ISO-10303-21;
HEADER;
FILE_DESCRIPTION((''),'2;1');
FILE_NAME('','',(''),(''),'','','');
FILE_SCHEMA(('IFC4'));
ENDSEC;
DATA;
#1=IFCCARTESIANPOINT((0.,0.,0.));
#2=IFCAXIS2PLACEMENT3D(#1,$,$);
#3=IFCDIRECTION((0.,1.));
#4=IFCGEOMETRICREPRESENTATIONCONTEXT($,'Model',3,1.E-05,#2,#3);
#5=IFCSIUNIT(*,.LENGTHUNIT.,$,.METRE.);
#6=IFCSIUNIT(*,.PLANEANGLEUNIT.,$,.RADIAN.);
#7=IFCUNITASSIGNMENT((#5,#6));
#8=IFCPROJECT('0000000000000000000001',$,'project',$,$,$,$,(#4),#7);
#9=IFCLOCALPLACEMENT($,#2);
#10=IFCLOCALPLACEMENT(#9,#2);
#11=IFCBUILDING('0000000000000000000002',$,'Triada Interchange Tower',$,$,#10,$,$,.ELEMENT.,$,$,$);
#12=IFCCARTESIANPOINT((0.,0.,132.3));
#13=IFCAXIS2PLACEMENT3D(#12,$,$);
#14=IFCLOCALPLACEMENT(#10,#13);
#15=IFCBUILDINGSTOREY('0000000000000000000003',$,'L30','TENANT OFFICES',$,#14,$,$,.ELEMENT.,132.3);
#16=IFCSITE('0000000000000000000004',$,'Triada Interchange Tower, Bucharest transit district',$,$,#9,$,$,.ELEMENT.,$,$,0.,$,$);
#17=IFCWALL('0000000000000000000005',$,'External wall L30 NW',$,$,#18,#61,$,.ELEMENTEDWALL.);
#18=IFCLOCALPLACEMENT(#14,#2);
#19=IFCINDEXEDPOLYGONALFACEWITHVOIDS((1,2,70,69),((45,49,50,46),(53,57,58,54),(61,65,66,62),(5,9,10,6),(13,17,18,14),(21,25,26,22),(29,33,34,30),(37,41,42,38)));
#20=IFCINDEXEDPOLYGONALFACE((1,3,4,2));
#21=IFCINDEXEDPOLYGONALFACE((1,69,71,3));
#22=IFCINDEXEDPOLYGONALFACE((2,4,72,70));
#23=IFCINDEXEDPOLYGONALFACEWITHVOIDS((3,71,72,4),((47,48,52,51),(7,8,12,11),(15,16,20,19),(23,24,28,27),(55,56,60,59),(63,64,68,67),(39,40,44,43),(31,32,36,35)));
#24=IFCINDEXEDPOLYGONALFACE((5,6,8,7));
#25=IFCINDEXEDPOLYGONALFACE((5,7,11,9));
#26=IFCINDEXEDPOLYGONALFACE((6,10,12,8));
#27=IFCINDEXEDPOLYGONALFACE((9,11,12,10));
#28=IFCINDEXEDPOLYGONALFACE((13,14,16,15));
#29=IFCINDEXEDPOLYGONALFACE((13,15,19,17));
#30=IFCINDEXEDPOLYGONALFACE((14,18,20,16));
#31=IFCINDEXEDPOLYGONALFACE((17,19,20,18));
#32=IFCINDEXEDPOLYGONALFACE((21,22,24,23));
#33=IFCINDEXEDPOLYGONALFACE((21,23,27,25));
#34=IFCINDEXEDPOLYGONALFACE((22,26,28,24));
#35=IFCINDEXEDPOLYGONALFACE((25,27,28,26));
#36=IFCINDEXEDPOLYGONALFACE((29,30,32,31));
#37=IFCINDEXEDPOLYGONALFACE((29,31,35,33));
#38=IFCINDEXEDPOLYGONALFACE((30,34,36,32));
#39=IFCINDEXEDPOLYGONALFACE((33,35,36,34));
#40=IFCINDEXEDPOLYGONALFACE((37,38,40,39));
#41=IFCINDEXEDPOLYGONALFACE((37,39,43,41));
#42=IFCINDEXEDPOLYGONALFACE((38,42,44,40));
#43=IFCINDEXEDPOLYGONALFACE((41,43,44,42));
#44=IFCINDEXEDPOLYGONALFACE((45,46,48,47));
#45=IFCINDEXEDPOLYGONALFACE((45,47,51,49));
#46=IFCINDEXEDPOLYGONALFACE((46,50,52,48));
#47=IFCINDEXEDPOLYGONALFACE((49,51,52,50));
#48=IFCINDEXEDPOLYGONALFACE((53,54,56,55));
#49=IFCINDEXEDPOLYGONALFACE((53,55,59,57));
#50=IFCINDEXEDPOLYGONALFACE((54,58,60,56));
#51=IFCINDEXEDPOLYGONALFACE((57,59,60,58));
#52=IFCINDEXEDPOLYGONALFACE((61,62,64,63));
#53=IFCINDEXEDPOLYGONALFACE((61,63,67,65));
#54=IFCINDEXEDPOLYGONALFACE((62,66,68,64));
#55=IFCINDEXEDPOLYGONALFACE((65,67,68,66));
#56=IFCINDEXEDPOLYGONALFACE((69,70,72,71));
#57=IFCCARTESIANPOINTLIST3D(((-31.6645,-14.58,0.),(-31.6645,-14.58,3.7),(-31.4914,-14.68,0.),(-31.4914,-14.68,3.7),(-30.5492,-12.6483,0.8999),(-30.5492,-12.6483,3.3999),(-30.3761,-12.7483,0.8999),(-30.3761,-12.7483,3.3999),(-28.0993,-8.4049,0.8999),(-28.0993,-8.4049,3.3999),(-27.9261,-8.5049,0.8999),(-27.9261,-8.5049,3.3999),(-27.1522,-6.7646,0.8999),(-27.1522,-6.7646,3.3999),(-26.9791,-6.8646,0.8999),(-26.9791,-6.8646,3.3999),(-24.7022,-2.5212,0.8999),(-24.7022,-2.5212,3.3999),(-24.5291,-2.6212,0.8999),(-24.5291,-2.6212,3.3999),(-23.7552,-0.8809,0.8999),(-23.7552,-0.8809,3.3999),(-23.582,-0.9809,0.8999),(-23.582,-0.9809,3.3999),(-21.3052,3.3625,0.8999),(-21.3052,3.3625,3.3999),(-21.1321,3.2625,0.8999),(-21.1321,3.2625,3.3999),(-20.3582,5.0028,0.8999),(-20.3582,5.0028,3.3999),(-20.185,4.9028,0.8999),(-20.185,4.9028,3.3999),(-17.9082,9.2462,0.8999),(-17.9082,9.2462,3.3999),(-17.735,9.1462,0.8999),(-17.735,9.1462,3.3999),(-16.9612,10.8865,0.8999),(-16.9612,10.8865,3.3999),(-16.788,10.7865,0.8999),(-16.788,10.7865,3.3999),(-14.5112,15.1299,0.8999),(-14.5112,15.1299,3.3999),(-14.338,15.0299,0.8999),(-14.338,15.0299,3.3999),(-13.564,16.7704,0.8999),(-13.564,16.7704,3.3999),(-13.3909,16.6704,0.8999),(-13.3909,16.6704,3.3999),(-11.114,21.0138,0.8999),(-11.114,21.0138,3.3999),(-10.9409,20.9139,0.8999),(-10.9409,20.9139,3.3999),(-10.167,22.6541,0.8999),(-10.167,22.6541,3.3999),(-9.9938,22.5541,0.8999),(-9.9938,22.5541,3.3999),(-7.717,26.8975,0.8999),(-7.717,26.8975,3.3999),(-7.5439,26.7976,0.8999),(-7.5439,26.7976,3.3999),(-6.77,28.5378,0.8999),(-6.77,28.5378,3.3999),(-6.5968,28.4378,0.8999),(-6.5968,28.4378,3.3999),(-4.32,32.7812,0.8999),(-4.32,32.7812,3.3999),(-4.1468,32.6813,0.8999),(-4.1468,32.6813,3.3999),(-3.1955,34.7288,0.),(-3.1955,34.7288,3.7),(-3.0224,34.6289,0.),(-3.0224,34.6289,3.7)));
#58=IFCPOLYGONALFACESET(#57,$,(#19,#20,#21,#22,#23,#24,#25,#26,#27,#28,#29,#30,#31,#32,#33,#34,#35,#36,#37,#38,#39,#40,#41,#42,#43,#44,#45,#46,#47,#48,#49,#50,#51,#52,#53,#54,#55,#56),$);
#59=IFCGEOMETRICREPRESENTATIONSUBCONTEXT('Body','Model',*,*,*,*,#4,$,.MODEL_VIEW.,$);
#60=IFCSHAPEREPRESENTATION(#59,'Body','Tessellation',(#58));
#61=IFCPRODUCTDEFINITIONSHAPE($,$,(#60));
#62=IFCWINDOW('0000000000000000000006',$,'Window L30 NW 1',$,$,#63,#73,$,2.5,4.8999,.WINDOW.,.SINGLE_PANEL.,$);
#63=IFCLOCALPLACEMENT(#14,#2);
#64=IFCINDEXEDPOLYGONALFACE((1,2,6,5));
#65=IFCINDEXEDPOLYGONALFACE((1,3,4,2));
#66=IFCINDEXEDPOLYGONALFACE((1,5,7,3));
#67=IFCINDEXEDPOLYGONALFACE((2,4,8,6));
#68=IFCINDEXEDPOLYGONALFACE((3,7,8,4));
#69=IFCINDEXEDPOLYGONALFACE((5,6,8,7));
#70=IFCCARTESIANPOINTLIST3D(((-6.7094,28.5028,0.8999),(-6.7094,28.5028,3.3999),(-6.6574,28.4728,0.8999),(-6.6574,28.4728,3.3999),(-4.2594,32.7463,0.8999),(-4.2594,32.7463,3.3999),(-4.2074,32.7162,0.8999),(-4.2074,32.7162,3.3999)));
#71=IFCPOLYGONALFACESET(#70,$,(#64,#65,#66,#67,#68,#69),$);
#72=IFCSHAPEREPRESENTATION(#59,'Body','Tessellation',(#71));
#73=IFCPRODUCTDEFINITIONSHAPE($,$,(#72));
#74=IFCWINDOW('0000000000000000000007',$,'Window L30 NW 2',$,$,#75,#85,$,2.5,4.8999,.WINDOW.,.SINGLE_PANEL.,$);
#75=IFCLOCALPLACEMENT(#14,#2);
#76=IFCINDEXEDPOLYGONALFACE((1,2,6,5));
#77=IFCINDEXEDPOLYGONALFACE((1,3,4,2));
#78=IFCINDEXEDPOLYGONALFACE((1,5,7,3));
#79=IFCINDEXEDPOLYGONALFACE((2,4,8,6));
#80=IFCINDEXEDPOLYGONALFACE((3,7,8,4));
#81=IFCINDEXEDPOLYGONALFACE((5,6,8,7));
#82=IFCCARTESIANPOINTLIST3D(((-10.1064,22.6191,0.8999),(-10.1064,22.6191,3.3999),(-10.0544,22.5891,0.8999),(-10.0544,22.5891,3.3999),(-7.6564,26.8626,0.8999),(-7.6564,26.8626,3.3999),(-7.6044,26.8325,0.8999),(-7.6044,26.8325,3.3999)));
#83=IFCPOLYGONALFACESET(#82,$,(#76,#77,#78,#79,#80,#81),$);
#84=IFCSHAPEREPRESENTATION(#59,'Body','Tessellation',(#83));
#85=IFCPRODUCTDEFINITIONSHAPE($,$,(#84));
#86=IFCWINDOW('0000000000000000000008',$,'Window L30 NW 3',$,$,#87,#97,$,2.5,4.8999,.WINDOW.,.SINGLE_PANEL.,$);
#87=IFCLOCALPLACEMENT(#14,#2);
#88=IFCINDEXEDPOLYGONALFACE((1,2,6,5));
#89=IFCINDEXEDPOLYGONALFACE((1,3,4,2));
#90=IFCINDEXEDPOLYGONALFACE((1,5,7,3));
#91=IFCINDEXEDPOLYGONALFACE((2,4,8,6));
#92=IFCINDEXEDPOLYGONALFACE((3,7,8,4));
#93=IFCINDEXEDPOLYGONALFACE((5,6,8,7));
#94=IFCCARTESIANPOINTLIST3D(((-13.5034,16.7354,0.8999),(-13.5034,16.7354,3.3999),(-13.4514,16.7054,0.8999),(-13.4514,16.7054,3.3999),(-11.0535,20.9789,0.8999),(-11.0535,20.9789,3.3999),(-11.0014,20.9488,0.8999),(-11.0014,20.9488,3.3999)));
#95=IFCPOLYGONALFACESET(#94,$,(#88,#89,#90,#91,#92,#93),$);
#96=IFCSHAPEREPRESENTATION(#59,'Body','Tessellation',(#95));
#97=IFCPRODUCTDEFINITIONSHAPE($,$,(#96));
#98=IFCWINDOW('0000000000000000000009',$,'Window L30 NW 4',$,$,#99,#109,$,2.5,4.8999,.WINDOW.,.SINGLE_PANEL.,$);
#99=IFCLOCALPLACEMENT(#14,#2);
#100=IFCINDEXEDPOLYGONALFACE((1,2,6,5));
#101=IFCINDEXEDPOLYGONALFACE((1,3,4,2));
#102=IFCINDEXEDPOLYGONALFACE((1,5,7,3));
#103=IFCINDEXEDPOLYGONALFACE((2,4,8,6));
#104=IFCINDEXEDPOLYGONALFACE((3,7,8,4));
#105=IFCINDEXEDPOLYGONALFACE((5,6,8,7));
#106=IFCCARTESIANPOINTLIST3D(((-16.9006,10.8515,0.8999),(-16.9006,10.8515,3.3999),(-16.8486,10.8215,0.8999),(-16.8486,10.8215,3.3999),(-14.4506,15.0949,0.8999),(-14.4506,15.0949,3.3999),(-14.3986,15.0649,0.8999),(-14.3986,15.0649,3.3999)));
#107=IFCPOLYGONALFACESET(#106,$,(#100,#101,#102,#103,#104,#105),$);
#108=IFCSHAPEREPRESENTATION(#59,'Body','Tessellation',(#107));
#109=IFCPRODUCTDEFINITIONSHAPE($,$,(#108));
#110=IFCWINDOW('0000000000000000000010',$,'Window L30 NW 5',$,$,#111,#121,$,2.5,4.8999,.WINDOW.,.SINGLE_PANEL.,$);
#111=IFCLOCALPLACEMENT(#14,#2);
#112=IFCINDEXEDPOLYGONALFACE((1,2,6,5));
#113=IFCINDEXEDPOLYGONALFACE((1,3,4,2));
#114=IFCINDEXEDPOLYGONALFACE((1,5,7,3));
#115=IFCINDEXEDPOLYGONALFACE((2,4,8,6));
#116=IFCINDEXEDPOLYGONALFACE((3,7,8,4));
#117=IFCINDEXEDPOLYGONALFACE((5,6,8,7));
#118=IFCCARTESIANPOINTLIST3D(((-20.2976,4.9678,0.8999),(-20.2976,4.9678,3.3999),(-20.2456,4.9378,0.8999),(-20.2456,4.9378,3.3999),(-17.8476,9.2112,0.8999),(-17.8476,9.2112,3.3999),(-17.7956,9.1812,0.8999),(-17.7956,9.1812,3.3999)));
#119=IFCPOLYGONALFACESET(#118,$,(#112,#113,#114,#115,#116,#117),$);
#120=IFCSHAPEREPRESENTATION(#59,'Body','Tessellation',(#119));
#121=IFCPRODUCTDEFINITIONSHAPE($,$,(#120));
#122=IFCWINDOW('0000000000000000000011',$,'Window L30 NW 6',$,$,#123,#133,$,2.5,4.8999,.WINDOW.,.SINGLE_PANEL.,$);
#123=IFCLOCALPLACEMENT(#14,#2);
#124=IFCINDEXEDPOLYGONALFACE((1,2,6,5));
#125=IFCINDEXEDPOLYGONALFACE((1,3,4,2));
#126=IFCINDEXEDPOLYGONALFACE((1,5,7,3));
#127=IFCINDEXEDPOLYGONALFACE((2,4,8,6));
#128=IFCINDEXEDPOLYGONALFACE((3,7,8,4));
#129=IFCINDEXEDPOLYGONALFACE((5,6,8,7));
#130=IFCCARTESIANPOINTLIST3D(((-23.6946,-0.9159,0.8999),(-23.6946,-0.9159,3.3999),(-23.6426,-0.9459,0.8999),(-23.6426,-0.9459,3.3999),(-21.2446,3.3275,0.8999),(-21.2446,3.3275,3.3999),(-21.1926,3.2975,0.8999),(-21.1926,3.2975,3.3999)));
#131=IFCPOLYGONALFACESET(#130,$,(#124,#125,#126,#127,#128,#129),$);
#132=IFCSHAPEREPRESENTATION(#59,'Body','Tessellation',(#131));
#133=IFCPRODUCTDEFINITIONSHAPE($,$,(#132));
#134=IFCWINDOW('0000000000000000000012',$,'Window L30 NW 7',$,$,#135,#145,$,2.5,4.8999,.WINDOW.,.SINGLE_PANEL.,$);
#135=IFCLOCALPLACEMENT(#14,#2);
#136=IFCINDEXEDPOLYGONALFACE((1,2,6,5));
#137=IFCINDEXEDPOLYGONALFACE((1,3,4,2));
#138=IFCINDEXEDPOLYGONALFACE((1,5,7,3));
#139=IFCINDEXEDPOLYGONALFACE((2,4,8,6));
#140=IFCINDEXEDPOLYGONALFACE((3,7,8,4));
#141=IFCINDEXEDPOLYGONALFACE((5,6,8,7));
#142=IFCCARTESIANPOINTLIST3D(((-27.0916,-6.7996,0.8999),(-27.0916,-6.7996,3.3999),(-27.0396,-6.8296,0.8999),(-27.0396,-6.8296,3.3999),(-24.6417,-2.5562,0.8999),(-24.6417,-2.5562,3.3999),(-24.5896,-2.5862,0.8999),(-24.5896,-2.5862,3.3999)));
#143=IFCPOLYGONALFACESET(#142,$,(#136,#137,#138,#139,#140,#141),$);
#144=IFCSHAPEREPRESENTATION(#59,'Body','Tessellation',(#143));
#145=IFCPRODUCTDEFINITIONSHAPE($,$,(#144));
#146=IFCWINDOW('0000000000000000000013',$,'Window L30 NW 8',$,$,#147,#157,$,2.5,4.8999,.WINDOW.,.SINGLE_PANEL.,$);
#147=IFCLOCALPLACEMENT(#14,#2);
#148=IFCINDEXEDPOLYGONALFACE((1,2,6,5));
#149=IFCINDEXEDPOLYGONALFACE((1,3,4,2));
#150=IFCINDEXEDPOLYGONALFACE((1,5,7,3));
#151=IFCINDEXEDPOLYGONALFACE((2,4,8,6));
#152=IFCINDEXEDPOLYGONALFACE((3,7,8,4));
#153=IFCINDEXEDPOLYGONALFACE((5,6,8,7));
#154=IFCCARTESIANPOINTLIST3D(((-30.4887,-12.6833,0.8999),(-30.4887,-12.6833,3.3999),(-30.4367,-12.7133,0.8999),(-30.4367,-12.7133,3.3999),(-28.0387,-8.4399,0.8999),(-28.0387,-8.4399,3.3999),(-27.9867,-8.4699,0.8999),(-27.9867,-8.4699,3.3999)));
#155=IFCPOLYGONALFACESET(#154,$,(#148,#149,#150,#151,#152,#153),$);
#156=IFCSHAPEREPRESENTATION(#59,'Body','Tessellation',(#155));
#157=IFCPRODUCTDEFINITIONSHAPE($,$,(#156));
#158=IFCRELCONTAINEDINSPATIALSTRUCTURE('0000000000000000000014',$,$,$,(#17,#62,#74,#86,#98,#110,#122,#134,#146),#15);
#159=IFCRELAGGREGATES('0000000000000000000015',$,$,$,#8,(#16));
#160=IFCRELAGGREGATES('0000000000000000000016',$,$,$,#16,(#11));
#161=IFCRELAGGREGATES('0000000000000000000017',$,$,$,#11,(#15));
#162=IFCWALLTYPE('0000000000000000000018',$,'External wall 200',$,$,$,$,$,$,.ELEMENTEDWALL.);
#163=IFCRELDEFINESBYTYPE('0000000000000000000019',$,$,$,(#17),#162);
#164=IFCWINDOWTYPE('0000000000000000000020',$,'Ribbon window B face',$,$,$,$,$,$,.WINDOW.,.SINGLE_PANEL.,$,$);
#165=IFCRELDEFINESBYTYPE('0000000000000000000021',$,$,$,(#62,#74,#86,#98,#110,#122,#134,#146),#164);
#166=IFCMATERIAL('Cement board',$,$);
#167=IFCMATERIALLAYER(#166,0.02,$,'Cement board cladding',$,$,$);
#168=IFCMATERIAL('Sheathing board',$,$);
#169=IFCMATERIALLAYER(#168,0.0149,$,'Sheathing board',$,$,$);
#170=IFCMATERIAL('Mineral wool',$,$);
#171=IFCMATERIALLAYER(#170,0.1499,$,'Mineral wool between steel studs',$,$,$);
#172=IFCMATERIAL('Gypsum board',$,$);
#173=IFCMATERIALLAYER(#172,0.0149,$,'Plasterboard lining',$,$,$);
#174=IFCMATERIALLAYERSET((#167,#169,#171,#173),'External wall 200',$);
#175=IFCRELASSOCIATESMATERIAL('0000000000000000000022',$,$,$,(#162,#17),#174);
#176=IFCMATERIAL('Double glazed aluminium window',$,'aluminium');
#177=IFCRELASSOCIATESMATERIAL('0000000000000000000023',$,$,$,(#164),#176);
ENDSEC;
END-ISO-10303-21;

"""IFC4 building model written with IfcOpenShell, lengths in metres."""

from ifc_helpers import new_model, si_unit, direction, frame, frame_2d, origin, place, context, subcontext, project, spatial, rectangle, extrude, material, layer, layer_set, layer_usage, type_object, element, fill, save


model = new_model("IFC4")

# Units and contexts
model_context = context("Model", 3, precision=1e-05, world=origin(), true_north=direction((0.0, 1.0)))
body_context = subcontext(model_context, "Body", "Model", "MODEL_VIEW")
ifc_project = project(units=[si_unit("LENGTHUNIT", "METRE"), si_unit("PLANEANGLEUNIT", "RADIAN")], contexts=[model_context])

# Site, building, storey
site_placement = place(None, origin())
site = spatial("IfcSite", under=ifc_project, at=site_placement, Name="Triada Interchange Tower, Bucharest transit district", CompositionType="ELEMENT", RefElevation=0.0)
building_placement = place(site_placement, origin())
building = spatial("IfcBuilding", under=site, at=building_placement, Name="Triada Interchange Tower", CompositionType="ELEMENT")
storey_placement = place(building_placement, frame((0.0, 0.0, 132.3)))
storey = spatial("IfcBuildingStorey", under=building, at=storey_placement, Name="L30", Description="TENANT OFFICES", CompositionType="ELEMENT", Elevation=132.3)

# Wall, openings, windows
ifc_material_1 = material(Name="Cement board")
ifc_layer_1 = layer(ifc_material_1, 0.02, Name="Cement board cladding")
ifc_material_2 = material(Name="Sheathing board")
ifc_layer_2 = layer(ifc_material_2, 0.0149, Name="Sheathing board")
ifc_material_3 = material(Name="Mineral wool")
ifc_layer_3 = layer(ifc_material_3, 0.1499, Name="Mineral wool between steel studs")
ifc_material_4 = material(Name="Gypsum board")
ifc_layer_4 = layer(ifc_material_4, 0.0149, Name="Plasterboard lining")
ifc_layer_set_1 = layer_set([ifc_layer_1, ifc_layer_2, ifc_layer_3, ifc_layer_4], Name="External wall 200")
ifc_layer_usage = layer_usage(ifc_layer_set_1, "AXIS2", "POSITIVE", -0.1001)
wall_type_1 = type_object("IfcWallType", Name="External wall 200", PredefinedType="ELEMENTEDWALL", material=ifc_layer_set_1)
wall_1_placement = place(storey_placement, frame((-3.1089, 34.679, 0.0), z_axis=(0.0, 0.0, 1.0), x_axis=(-0.500007, -0.866021, 0.0)))
wall_1 = element("IfcWall", 1, at=wall_1_placement, inside=storey, type_object=wall_type_1, material=ifc_layer_usage, Name="External wall L30 NW", PredefinedType="ELEMENTEDWALL", context=body_context, shape_type="SweptSolid", body=[
    extrude(rectangle(XDim=56.9373, YDim=0.2, at=frame_2d((28.4688, 0.0))), origin(), (0.0, 0.0, 1.0), 3.7),
])
opening_1_placement = place(wall_1_placement, frame((2.249, 0.0, 0.8999)))
opening_1 = element("IfcOpeningElement", 2, at=opening_1_placement, cuts=wall_1, PredefinedType="OPENING", context=body_context, shape_type="SweptSolid", body=[
    extrude(rectangle(XDim=4.8999, YDim=2.5, at=frame_2d((2.45, 1.25))), frame((0.0, 0.1099, 0.0), z_axis=(0.0, -1.0, 0.0), x_axis=(1.0, 0.0, 0.0)), (0.0, 0.0, 1.0), 0.22),
])
opening_2_placement = place(wall_1_placement, frame((9.043, 0.0, 0.8999)))
opening_2 = element("IfcOpeningElement", 3, at=opening_2_placement, cuts=wall_1, PredefinedType="OPENING", context=body_context, shape_type="SweptSolid", body=[
    extrude(rectangle(XDim=4.8999, YDim=2.5, at=frame_2d((2.45, 1.25))), frame((0.0, 0.1099, 0.0), z_axis=(0.0, -1.0, 0.0), x_axis=(1.0, 0.0, 0.0)), (0.0, 0.0, 1.0), 0.22),
])
opening_3_placement = place(wall_1_placement, frame((15.8369, 0.0, 0.8999)))
opening_3 = element("IfcOpeningElement", 4, at=opening_3_placement, cuts=wall_1, PredefinedType="OPENING", context=body_context, shape_type="SweptSolid", body=[
    extrude(rectangle(XDim=4.8999, YDim=2.5, at=frame_2d((2.45, 1.25))), frame((0.0, 0.1099, 0.0), z_axis=(0.0, -1.0, 0.0), x_axis=(1.0, 0.0, 0.0)), (0.0, 0.0, 1.0), 0.22),
])
opening_4_placement = place(wall_1_placement, frame((22.6311, 0.0, 0.8999)))
opening_4 = element("IfcOpeningElement", 5, at=opening_4_placement, cuts=wall_1, PredefinedType="OPENING", context=body_context, shape_type="SweptSolid", body=[
    extrude(rectangle(XDim=4.8999, YDim=2.5, at=frame_2d((2.45, 1.25))), frame((0.0, 0.1099, 0.0), z_axis=(0.0, -1.0, 0.0), x_axis=(1.0, 0.0, 0.0)), (0.0, 0.0, 1.0), 0.22),
])
opening_5_placement = place(wall_1_placement, frame((29.425, 0.0, 0.8999)))
opening_5 = element("IfcOpeningElement", 6, at=opening_5_placement, cuts=wall_1, PredefinedType="OPENING", context=body_context, shape_type="SweptSolid", body=[
    extrude(rectangle(XDim=4.8999, YDim=2.5, at=frame_2d((2.45, 1.25))), frame((0.0, 0.1099, 0.0), z_axis=(0.0, -1.0, 0.0), x_axis=(1.0, 0.0, 0.0)), (0.0, 0.0, 1.0), 0.22),
])
opening_6_placement = place(wall_1_placement, frame((36.219, 0.0, 0.8999)))
opening_6 = element("IfcOpeningElement", 7, at=opening_6_placement, cuts=wall_1, PredefinedType="OPENING", context=body_context, shape_type="SweptSolid", body=[
    extrude(rectangle(XDim=4.8999, YDim=2.5, at=frame_2d((2.45, 1.25))), frame((0.0, 0.1099, 0.0), z_axis=(0.0, -1.0, 0.0), x_axis=(1.0, 0.0, 0.0)), (0.0, 0.0, 1.0), 0.22),
])
opening_7_placement = place(wall_1_placement, frame((43.0129, 0.0, 0.8999)))
opening_7 = element("IfcOpeningElement", 8, at=opening_7_placement, cuts=wall_1, PredefinedType="OPENING", context=body_context, shape_type="SweptSolid", body=[
    extrude(rectangle(XDim=4.8999, YDim=2.5, at=frame_2d((2.45, 1.25))), frame((0.0, 0.1099, 0.0), z_axis=(0.0, -1.0, 0.0), x_axis=(1.0, 0.0, 0.0)), (0.0, 0.0, 1.0), 0.22),
])
opening_8_placement = place(wall_1_placement, frame((49.8069, 0.0, 0.8999)))
opening_8 = element("IfcOpeningElement", 9, at=opening_8_placement, cuts=wall_1, PredefinedType="OPENING", context=body_context, shape_type="SweptSolid", body=[
    extrude(rectangle(XDim=4.8999, YDim=2.5, at=frame_2d((2.45, 1.25))), frame((0.0, 0.1099, 0.0), z_axis=(0.0, -1.0, 0.0), x_axis=(1.0, 0.0, 0.0)), (0.0, 0.0, 1.0), 0.22),
])
ifc_material_5 = material(Name="Double glazed aluminium window", Category="aluminium")
window_type = type_object("IfcWindowType", Name="Ribbon window B face", PartitioningType="SINGLE_PANEL", PredefinedType="WINDOW", material=ifc_material_5)
window_1_placement = place(opening_1_placement, origin())
window_1 = element("IfcWindow", 10, at=window_1_placement, inside=storey, type_object=window_type, Name="Window L30 NW 1", OverallHeight=2.5, OverallWidth=4.8999, PartitioningType="SINGLE_PANEL", PredefinedType="WINDOW", context=body_context, shape_type="SweptSolid", body=[
    extrude(rectangle(XDim=4.8999, YDim=2.5, at=frame_2d((2.45, 1.25))), frame((0.0, 0.03, 0.0), z_axis=(0.0, -1.0, 0.0), x_axis=(1.0, 0.0, 0.0)), (0.0, 0.0, 1.0), 0.0601),
])
fill(opening_1, window_1)
window_2_placement = place(opening_2_placement, origin())
window_2 = element("IfcWindow", 11, at=window_2_placement, inside=storey, type_object=window_type, Name="Window L30 NW 2", OverallHeight=2.5, OverallWidth=4.8999, PartitioningType="SINGLE_PANEL", PredefinedType="WINDOW", context=body_context, shape_type="SweptSolid", body=[
    extrude(rectangle(XDim=4.8999, YDim=2.5, at=frame_2d((2.45, 1.25))), frame((0.0, 0.03, 0.0), z_axis=(0.0, -1.0, 0.0), x_axis=(1.0, 0.0, 0.0)), (0.0, 0.0, 1.0), 0.0601),
])
fill(opening_2, window_2)
window_3_placement = place(opening_3_placement, origin())
window_3 = element("IfcWindow", 12, at=window_3_placement, inside=storey, type_object=window_type, Name="Window L30 NW 3", OverallHeight=2.5, OverallWidth=4.8999, PartitioningType="SINGLE_PANEL", PredefinedType="WINDOW", context=body_context, shape_type="SweptSolid", body=[
    extrude(rectangle(XDim=4.8999, YDim=2.5, at=frame_2d((2.45, 1.25))), frame((0.0, 0.03, 0.0), z_axis=(0.0, -1.0, 0.0), x_axis=(1.0, 0.0, 0.0)), (0.0, 0.0, 1.0), 0.0601),
])
fill(opening_3, window_3)
window_4_placement = place(opening_4_placement, origin())
window_4 = element("IfcWindow", 13, at=window_4_placement, inside=storey, type_object=window_type, Name="Window L30 NW 4", OverallHeight=2.5, OverallWidth=4.8999, PartitioningType="SINGLE_PANEL", PredefinedType="WINDOW", context=body_context, shape_type="SweptSolid", body=[
    extrude(rectangle(XDim=4.8999, YDim=2.5, at=frame_2d((2.45, 1.25))), frame((0.0, 0.03, 0.0), z_axis=(0.0, -1.0, 0.0), x_axis=(1.0, 0.0, 0.0)), (0.0, 0.0, 1.0), 0.0601),
])
fill(opening_4, window_4)
window_5_placement = place(opening_5_placement, origin())
window_5 = element("IfcWindow", 14, at=window_5_placement, inside=storey, type_object=window_type, Name="Window L30 NW 5", OverallHeight=2.5, OverallWidth=4.8999, PartitioningType="SINGLE_PANEL", PredefinedType="WINDOW", context=body_context, shape_type="SweptSolid", body=[
    extrude(rectangle(XDim=4.8999, YDim=2.5, at=frame_2d((2.45, 1.25))), frame((0.0, 0.03, 0.0), z_axis=(0.0, -1.0, 0.0), x_axis=(1.0, 0.0, 0.0)), (0.0, 0.0, 1.0), 0.0601),
])
fill(opening_5, window_5)
window_6_placement = place(opening_6_placement, origin())
window_6 = element("IfcWindow", 15, at=window_6_placement, inside=storey, type_object=window_type, Name="Window L30 NW 6", OverallHeight=2.5, OverallWidth=4.8999, PartitioningType="SINGLE_PANEL", PredefinedType="WINDOW", context=body_context, shape_type="SweptSolid", body=[
    extrude(rectangle(XDim=4.8999, YDim=2.5, at=frame_2d((2.45, 1.25))), frame((0.0, 0.03, 0.0), z_axis=(0.0, -1.0, 0.0), x_axis=(1.0, 0.0, 0.0)), (0.0, 0.0, 1.0), 0.0601),
])
fill(opening_6, window_6)
window_7_placement = place(opening_7_placement, origin())
window_7 = element("IfcWindow", 16, at=window_7_placement, inside=storey, type_object=window_type, Name="Window L30 NW 7", OverallHeight=2.5, OverallWidth=4.8999, PartitioningType="SINGLE_PANEL", PredefinedType="WINDOW", context=body_context, shape_type="SweptSolid", body=[
    extrude(rectangle(XDim=4.8999, YDim=2.5, at=frame_2d((2.45, 1.25))), frame((0.0, 0.03, 0.0), z_axis=(0.0, -1.0, 0.0), x_axis=(1.0, 0.0, 0.0)), (0.0, 0.0, 1.0), 0.0601),
])
fill(opening_7, window_7)
window_8_placement = place(opening_8_placement, origin())
window_8 = element("IfcWindow", 17, at=window_8_placement, inside=storey, type_object=window_type, Name="Window L30 NW 8", OverallHeight=2.5, OverallWidth=4.8999, PartitioningType="SINGLE_PANEL", PredefinedType="WINDOW", context=body_context, shape_type="SweptSolid", body=[
    extrude(rectangle(XDim=4.8999, YDim=2.5, at=frame_2d((2.45, 1.25))), frame((0.0, 0.03, 0.0), z_axis=(0.0, -1.0, 0.0), x_axis=(1.0, 0.0, 0.0)), (0.0, 0.0, 1.0), 0.0601),
])
fill(opening_8, window_8)

save(model, "model.ifc")
